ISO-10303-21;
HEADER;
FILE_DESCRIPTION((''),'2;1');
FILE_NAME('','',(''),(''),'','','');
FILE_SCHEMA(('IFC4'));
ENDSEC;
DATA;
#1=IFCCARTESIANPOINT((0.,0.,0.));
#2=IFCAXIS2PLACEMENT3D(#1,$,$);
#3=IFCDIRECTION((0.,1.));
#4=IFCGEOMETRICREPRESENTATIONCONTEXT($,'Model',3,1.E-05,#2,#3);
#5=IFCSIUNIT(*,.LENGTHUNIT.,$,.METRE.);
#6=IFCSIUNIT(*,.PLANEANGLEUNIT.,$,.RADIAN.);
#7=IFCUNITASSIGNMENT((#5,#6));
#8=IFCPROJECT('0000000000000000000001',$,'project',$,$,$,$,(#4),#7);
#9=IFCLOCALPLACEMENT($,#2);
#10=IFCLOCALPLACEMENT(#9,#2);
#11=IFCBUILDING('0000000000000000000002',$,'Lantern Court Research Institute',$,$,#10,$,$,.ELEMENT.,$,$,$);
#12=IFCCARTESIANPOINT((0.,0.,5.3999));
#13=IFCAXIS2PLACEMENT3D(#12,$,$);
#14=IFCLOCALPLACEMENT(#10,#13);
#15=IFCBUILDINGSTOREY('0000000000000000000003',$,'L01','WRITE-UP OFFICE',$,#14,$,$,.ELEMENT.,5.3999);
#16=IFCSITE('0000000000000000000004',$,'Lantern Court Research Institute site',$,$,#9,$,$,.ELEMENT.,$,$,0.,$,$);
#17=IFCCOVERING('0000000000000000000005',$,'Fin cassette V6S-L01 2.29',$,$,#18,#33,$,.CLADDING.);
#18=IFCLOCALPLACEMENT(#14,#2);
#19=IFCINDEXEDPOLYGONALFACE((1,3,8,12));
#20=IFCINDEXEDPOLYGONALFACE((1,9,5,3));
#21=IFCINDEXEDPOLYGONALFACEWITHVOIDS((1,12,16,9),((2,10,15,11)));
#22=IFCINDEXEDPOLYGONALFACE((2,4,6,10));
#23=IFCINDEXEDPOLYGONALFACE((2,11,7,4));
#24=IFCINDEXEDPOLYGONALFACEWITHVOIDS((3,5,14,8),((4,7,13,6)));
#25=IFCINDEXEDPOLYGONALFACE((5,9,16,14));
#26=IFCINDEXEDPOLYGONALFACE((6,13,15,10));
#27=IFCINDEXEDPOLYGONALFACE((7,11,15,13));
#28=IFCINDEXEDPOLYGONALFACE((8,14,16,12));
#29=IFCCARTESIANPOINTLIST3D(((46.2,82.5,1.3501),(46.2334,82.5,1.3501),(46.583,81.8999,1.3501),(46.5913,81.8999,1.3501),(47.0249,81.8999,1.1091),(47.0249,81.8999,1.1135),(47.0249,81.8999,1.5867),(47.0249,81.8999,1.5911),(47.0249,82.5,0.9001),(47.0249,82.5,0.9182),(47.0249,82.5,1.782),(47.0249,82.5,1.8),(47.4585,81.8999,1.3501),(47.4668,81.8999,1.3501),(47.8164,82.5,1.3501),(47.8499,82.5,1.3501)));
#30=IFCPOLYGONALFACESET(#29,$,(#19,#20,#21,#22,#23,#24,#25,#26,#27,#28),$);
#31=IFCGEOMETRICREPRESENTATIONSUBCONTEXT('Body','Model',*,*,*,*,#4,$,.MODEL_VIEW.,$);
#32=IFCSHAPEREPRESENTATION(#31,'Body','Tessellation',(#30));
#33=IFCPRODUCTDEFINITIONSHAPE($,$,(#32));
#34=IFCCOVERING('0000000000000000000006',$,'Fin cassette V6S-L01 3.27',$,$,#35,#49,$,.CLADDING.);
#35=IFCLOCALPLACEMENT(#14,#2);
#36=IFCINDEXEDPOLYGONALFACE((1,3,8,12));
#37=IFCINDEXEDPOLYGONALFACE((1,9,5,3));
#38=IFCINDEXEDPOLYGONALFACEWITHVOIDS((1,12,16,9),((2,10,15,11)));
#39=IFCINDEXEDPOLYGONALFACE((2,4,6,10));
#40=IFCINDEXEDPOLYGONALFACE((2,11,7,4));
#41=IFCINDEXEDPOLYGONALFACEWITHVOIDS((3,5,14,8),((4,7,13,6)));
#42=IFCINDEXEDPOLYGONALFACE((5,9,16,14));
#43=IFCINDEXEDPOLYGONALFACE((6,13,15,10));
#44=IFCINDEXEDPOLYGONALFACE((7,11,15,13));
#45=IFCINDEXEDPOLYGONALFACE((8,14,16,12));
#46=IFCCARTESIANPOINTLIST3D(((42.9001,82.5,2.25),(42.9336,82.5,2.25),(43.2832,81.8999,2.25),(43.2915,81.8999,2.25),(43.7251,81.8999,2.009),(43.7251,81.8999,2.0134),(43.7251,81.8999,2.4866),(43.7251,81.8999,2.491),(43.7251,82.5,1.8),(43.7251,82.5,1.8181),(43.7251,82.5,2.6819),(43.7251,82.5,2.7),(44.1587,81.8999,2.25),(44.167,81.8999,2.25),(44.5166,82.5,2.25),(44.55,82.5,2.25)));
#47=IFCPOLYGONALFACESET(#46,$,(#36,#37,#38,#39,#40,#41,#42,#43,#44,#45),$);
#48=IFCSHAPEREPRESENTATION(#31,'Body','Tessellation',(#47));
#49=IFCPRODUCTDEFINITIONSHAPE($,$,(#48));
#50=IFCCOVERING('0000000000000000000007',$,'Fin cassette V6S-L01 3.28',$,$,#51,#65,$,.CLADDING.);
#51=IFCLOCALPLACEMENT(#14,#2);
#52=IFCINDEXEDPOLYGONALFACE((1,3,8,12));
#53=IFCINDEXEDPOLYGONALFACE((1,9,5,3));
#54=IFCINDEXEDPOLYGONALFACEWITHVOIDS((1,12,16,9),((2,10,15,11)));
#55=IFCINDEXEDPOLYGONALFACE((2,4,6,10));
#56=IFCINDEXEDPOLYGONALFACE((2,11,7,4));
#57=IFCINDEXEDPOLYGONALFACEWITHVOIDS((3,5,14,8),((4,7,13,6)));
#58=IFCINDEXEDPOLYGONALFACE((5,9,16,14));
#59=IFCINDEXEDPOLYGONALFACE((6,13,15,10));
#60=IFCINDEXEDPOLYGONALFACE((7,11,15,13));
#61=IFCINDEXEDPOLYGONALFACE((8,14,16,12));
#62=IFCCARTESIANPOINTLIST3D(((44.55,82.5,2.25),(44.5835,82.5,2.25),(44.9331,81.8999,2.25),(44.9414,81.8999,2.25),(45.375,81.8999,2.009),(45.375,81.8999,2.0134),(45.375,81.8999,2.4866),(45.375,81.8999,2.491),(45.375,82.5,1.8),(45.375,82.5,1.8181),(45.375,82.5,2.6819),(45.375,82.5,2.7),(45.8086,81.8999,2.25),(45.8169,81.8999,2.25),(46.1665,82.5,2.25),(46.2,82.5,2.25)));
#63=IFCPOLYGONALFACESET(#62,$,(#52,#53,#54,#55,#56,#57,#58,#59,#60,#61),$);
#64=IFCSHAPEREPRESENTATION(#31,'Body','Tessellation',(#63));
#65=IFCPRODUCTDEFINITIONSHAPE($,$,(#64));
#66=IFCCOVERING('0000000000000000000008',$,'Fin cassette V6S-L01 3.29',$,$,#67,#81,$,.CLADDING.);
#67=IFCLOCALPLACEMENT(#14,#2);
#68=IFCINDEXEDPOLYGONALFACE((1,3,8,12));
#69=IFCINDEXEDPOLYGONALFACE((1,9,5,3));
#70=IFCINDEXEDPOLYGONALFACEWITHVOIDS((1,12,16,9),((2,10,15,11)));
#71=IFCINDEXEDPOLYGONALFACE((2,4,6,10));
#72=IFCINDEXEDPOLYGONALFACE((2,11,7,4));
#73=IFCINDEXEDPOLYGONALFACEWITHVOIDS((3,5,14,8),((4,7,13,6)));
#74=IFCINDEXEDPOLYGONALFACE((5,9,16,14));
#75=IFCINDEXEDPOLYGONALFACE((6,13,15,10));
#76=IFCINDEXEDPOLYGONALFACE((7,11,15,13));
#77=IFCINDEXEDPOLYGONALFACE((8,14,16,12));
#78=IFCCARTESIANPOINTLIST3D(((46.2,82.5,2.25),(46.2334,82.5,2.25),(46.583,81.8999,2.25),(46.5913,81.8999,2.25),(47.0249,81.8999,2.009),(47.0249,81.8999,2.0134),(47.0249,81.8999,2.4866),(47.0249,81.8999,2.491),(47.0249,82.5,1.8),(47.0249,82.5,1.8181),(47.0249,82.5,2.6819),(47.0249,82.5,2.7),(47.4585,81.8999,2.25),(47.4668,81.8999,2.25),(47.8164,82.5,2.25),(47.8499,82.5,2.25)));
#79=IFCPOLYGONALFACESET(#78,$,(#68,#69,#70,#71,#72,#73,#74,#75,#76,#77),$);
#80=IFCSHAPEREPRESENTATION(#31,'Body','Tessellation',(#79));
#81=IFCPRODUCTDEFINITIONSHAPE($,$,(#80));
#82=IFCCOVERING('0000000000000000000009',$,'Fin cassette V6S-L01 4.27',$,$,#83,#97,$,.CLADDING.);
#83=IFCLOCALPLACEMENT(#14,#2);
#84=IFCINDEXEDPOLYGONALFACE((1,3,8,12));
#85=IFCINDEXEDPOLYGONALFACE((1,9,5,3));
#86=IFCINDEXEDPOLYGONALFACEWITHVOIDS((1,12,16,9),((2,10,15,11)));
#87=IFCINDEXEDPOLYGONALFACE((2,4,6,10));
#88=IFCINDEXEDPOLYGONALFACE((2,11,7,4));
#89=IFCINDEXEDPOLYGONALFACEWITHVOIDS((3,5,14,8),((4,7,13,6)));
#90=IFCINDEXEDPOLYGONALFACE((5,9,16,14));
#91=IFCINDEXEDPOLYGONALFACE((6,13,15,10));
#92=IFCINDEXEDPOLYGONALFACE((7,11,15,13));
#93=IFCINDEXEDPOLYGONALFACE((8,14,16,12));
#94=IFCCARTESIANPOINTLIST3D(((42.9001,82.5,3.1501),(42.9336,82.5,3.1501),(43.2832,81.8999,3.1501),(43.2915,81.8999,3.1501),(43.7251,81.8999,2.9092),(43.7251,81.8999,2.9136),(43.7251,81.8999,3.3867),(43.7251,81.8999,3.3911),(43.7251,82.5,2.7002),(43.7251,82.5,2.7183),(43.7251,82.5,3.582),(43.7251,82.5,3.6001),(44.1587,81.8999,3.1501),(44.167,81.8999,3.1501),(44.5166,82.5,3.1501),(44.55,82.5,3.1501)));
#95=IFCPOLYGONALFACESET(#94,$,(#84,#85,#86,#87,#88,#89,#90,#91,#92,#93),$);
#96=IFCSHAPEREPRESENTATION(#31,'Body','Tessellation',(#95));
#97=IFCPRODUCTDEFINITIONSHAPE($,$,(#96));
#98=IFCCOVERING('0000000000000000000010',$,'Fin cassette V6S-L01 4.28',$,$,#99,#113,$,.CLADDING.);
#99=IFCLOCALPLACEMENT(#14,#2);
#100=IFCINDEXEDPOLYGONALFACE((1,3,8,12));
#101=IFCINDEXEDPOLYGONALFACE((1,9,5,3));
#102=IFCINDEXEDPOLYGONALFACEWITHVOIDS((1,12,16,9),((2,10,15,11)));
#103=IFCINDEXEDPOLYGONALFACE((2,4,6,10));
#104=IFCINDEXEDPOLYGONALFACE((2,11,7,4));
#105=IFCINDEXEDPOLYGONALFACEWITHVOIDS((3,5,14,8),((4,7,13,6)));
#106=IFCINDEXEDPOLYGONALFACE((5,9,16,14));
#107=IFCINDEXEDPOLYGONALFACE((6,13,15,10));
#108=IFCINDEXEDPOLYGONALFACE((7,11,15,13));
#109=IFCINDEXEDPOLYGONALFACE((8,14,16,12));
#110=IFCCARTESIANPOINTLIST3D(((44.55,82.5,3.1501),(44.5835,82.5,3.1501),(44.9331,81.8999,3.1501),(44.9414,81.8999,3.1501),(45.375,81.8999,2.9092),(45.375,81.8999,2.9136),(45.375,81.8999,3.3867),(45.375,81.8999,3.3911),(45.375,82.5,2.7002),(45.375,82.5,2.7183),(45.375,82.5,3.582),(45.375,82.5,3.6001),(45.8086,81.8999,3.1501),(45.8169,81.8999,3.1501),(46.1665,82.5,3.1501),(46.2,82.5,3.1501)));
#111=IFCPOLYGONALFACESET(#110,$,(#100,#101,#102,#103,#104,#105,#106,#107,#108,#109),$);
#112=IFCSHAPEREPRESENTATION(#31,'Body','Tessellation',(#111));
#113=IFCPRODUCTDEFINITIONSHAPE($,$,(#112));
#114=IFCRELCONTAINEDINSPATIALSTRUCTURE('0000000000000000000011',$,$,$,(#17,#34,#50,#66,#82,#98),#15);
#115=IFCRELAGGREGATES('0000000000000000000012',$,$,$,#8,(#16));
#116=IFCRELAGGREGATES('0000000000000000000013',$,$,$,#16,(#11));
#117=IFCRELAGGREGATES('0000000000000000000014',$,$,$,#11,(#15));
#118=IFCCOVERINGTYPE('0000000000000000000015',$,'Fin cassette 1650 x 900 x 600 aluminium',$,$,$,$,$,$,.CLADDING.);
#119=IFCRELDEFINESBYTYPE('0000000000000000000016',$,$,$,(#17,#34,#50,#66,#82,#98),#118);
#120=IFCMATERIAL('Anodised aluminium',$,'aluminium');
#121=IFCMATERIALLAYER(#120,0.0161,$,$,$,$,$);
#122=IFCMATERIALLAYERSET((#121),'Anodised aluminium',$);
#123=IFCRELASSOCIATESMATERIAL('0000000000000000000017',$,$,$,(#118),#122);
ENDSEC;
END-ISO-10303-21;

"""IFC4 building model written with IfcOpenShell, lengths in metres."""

from ifc_helpers import new_model, entity, si_unit, direction, frame, origin, place, context, subcontext, project, spatial, material, layer, layer_set, type_object, element, save


model = new_model("IFC4")

# Units and contexts
model_context = context("Model", 3, precision=1e-05, world=origin(), true_north=direction((0.0, 1.0)))
body_context = subcontext(model_context, "Body", "Model", "MODEL_VIEW")
ifc_project = project(units=[si_unit("LENGTHUNIT", "METRE"), si_unit("PLANEANGLEUNIT", "RADIAN")], contexts=[model_context])

# Site, building, storey
site_placement = place(None, origin())
site = spatial("IfcSite", under=ifc_project, at=site_placement, Name="Lantern Court Research Institute site", CompositionType="ELEMENT", RefElevation=0.0)
building_placement = place(site_placement, origin())
building = spatial("IfcBuilding", under=site, at=building_placement, Name="Lantern Court Research Institute", CompositionType="ELEMENT")
storey_placement = place(building_placement, frame((0.0, 0.0, 5.3999)))
storey = spatial("IfcBuildingStorey", under=building, at=storey_placement, Name="L01", Description="WRITE-UP OFFICE", CompositionType="ELEMENT", Elevation=5.3999)

# Coverings
ifc_material_1 = material(Name="Anodised aluminium", Category="aluminium")
ifc_layer_1 = layer(ifc_material_1, 0.0161)
ifc_layer_set_1 = layer_set([ifc_layer_1], Name="Anodised aluminium")
covering_type = type_object("IfcCoveringType", Name="Fin cassette 1650 x 900 x 600 aluminium", PredefinedType="CLADDING", material=ifc_layer_set_1)
covering_1_placement = place(storey_placement, frame((47.0249, 82.5, 1.3501), z_axis=(0.0, -1.0, 0.0), x_axis=(1.0, 0.0, 0.0)))
cartesian_point_1 = entity("IfcCartesianPoint", [0.825, 0.0])
cartesian_point_2 = entity("IfcCartesianPoint", [0.7915, 0.0])
cartesian_point_3 = entity("IfcCartesianPoint", [0.4419, 0.0])
cartesian_point_4 = entity("IfcCartesianPoint", [0.4336, 0.0])
element("IfcCovering", 1, at=covering_1_placement, inside=storey, type_object=covering_type, Name="Fin cassette V6S-L01 2.29", PredefinedType="CLADDING", context=body_context, shape_type="SweptSolid", body=[
    entity("IfcExtrudedAreaSolidTapered", entity("IfcArbitraryProfileDefWithVoids", "AREA", None, entity("IfcPolyline", [cartesian_point_1, entity("IfcCartesianPoint", [0.0, 0.45]), entity("IfcCartesianPoint", [-0.825, 0.0]), entity("IfcCartesianPoint", [0.0, -0.45]), cartesian_point_1]), [entity("IfcPolyline", [cartesian_point_2, entity("IfcCartesianPoint", [0.0, 0.4319]), entity("IfcCartesianPoint", [-0.7915, 0.0]), entity("IfcCartesianPoint", [0.0, -0.4319]), cartesian_point_2])]), entity("IfcAxis2Placement3D", entity("IfcCartesianPoint", [0.0, 0.0, 0.0])), entity("IfcDirection", [0.0, 0.0, 1.0]), 0.6001, entity("IfcArbitraryProfileDefWithVoids", "AREA", None, entity("IfcPolyline", [cartesian_point_3, entity("IfcCartesianPoint", [0.0, 0.241]), entity("IfcCartesianPoint", [-0.4419, 0.0]), entity("IfcCartesianPoint", [0.0, -0.241]), cartesian_point_3]), [entity("IfcPolyline", [cartesian_point_4, entity("IfcCartesianPoint", [0.0, 0.2366]), entity("IfcCartesianPoint", [-0.4336, 0.0]), entity("IfcCartesianPoint", [0.0, -0.2366]), cartesian_point_4])])),
])
covering_2_placement = place(storey_placement, frame((43.7251, 82.5, 2.25), z_axis=(0.0, -1.0, 0.0), x_axis=(1.0, 0.0, 0.0)))
cartesian_point_5 = entity("IfcCartesianPoint", [0.825, 0.0])
cartesian_point_6 = entity("IfcCartesianPoint", [0.7915, 0.0])
cartesian_point_7 = entity("IfcCartesianPoint", [0.4419, 0.0])
cartesian_point_8 = entity("IfcCartesianPoint", [0.4336, 0.0])
element("IfcCovering", 2, at=covering_2_placement, inside=storey, type_object=covering_type, Name="Fin cassette V6S-L01 3.27", PredefinedType="CLADDING", context=body_context, shape_type="SweptSolid", body=[
    entity("IfcExtrudedAreaSolidTapered", entity("IfcArbitraryProfileDefWithVoids", "AREA", None, entity("IfcPolyline", [cartesian_point_5, entity("IfcCartesianPoint", [0.0, 0.45]), entity("IfcCartesianPoint", [-0.825, 0.0]), entity("IfcCartesianPoint", [0.0, -0.45]), cartesian_point_5]), [entity("IfcPolyline", [cartesian_point_6, entity("IfcCartesianPoint", [0.0, 0.4319]), entity("IfcCartesianPoint", [-0.7915, 0.0]), entity("IfcCartesianPoint", [0.0, -0.4319]), cartesian_point_6])]), entity("IfcAxis2Placement3D", entity("IfcCartesianPoint", [0.0, 0.0, 0.0])), entity("IfcDirection", [0.0, 0.0, 1.0]), 0.6001, entity("IfcArbitraryProfileDefWithVoids", "AREA", None, entity("IfcPolyline", [cartesian_point_7, entity("IfcCartesianPoint", [0.0, 0.241]), entity("IfcCartesianPoint", [-0.4419, 0.0]), entity("IfcCartesianPoint", [0.0, -0.241]), cartesian_point_7]), [entity("IfcPolyline", [cartesian_point_8, entity("IfcCartesianPoint", [0.0, 0.2366]), entity("IfcCartesianPoint", [-0.4336, 0.0]), entity("IfcCartesianPoint", [0.0, -0.2366]), cartesian_point_8])])),
])
covering_3_placement = place(storey_placement, frame((45.375, 82.5, 2.25), z_axis=(0.0, -1.0, 0.0), x_axis=(1.0, 0.0, 0.0)))
cartesian_point_9 = entity("IfcCartesianPoint", [0.825, 0.0])
cartesian_point_10 = entity("IfcCartesianPoint", [0.7915, 0.0])
cartesian_point_11 = entity("IfcCartesianPoint", [0.4419, 0.0])
cartesian_point_12 = entity("IfcCartesianPoint", [0.4336, 0.0])
element("IfcCovering", 3, at=covering_3_placement, inside=storey, type_object=covering_type, Name="Fin cassette V6S-L01 3.28", PredefinedType="CLADDING", context=body_context, shape_type="SweptSolid", body=[
    entity("IfcExtrudedAreaSolidTapered", entity("IfcArbitraryProfileDefWithVoids", "AREA", None, entity("IfcPolyline", [cartesian_point_9, entity("IfcCartesianPoint", [0.0, 0.45]), entity("IfcCartesianPoint", [-0.825, 0.0]), entity("IfcCartesianPoint", [0.0, -0.45]), cartesian_point_9]), [entity("IfcPolyline", [cartesian_point_10, entity("IfcCartesianPoint", [0.0, 0.4319]), entity("IfcCartesianPoint", [-0.7915, 0.0]), entity("IfcCartesianPoint", [0.0, -0.4319]), cartesian_point_10])]), entity("IfcAxis2Placement3D", entity("IfcCartesianPoint", [0.0, 0.0, 0.0])), entity("IfcDirection", [0.0, 0.0, 1.0]), 0.6001, entity("IfcArbitraryProfileDefWithVoids", "AREA", None, entity("IfcPolyline", [cartesian_point_11, entity("IfcCartesianPoint", [0.0, 0.241]), entity("IfcCartesianPoint", [-0.4419, 0.0]), entity("IfcCartesianPoint", [0.0, -0.241]), cartesian_point_11]), [entity("IfcPolyline", [cartesian_point_12, entity("IfcCartesianPoint", [0.0, 0.2366]), entity("IfcCartesianPoint", [-0.4336, 0.0]), entity("IfcCartesianPoint", [0.0, -0.2366]), cartesian_point_12])])),
])
covering_4_placement = place(storey_placement, frame((47.0249, 82.5, 2.25), z_axis=(0.0, -1.0, 0.0), x_axis=(1.0, 0.0, 0.0)))
cartesian_point_13 = entity("IfcCartesianPoint", [0.825, 0.0])
cartesian_point_14 = entity("IfcCartesianPoint", [0.7915, 0.0])
cartesian_point_15 = entity("IfcCartesianPoint", [0.4419, 0.0])
cartesian_point_16 = entity("IfcCartesianPoint", [0.4336, 0.0])
element("IfcCovering", 4, at=covering_4_placement, inside=storey, type_object=covering_type, Name="Fin cassette V6S-L01 3.29", PredefinedType="CLADDING", context=body_context, shape_type="SweptSolid", body=[
    entity("IfcExtrudedAreaSolidTapered", entity("IfcArbitraryProfileDefWithVoids", "AREA", None, entity("IfcPolyline", [cartesian_point_13, entity("IfcCartesianPoint", [0.0, 0.45]), entity("IfcCartesianPoint", [-0.825, 0.0]), entity("IfcCartesianPoint", [0.0, -0.45]), cartesian_point_13]), [entity("IfcPolyline", [cartesian_point_14, entity("IfcCartesianPoint", [0.0, 0.4319]), entity("IfcCartesianPoint", [-0.7915, 0.0]), entity("IfcCartesianPoint", [0.0, -0.4319]), cartesian_point_14])]), entity("IfcAxis2Placement3D", entity("IfcCartesianPoint", [0.0, 0.0, 0.0])), entity("IfcDirection", [0.0, 0.0, 1.0]), 0.6001, entity("IfcArbitraryProfileDefWithVoids", "AREA", None, entity("IfcPolyline", [cartesian_point_15, entity("IfcCartesianPoint", [0.0, 0.241]), entity("IfcCartesianPoint", [-0.4419, 0.0]), entity("IfcCartesianPoint", [0.0, -0.241]), cartesian_point_15]), [entity("IfcPolyline", [cartesian_point_16, entity("IfcCartesianPoint", [0.0, 0.2366]), entity("IfcCartesianPoint", [-0.4336, 0.0]), entity("IfcCartesianPoint", [0.0, -0.2366]), cartesian_point_16])])),
])
covering_5_placement = place(storey_placement, frame((43.7251, 82.5, 3.1501), z_axis=(0.0, -1.0, 0.0), x_axis=(1.0, 0.0, 0.0)))
cartesian_point_17 = entity("IfcCartesianPoint", [0.825, 0.0])
cartesian_point_18 = entity("IfcCartesianPoint", [0.7915, 0.0])
cartesian_point_19 = entity("IfcCartesianPoint", [0.4419, 0.0])
cartesian_point_20 = entity("IfcCartesianPoint", [0.4336, 0.0])
element("IfcCovering", 5, at=covering_5_placement, inside=storey, type_object=covering_type, Name="Fin cassette V6S-L01 4.27", PredefinedType="CLADDING", context=body_context, shape_type="SweptSolid", body=[
    entity("IfcExtrudedAreaSolidTapered", entity("IfcArbitraryProfileDefWithVoids", "AREA", None, entity("IfcPolyline", [cartesian_point_17, entity("IfcCartesianPoint", [0.0, 0.45]), entity("IfcCartesianPoint", [-0.825, 0.0]), entity("IfcCartesianPoint", [0.0, -0.45]), cartesian_point_17]), [entity("IfcPolyline", [cartesian_point_18, entity("IfcCartesianPoint", [0.0, 0.4319]), entity("IfcCartesianPoint", [-0.7915, 0.0]), entity("IfcCartesianPoint", [0.0, -0.4319]), cartesian_point_18])]), entity("IfcAxis2Placement3D", entity("IfcCartesianPoint", [0.0, 0.0, 0.0])), entity("IfcDirection", [0.0, 0.0, 1.0]), 0.6001, entity("IfcArbitraryProfileDefWithVoids", "AREA", None, entity("IfcPolyline", [cartesian_point_19, entity("IfcCartesianPoint", [0.0, 0.241]), entity("IfcCartesianPoint", [-0.4419, 0.0]), entity("IfcCartesianPoint", [0.0, -0.241]), cartesian_point_19]), [entity("IfcPolyline", [cartesian_point_20, entity("IfcCartesianPoint", [0.0, 0.2366]), entity("IfcCartesianPoint", [-0.4336, 0.0]), entity("IfcCartesianPoint", [0.0, -0.2366]), cartesian_point_20])])),
])
covering_6_placement = place(storey_placement, frame((45.375, 82.5, 3.1501), z_axis=(0.0, -1.0, 0.0), x_axis=(1.0, 0.0, 0.0)))
cartesian_point_21 = entity("IfcCartesianPoint", [0.825, 0.0])
cartesian_point_22 = entity("IfcCartesianPoint", [0.7915, 0.0])
cartesian_point_23 = entity("IfcCartesianPoint", [0.4419, 0.0])
cartesian_point_24 = entity("IfcCartesianPoint", [0.4336, 0.0])
element("IfcCovering", 6, at=covering_6_placement, inside=storey, type_object=covering_type, Name="Fin cassette V6S-L01 4.28", PredefinedType="CLADDING", context=body_context, shape_type="SweptSolid", body=[
    entity("IfcExtrudedAreaSolidTapered", entity("IfcArbitraryProfileDefWithVoids", "AREA", None, entity("IfcPolyline", [cartesian_point_21, entity("IfcCartesianPoint", [0.0, 0.45]), entity("IfcCartesianPoint", [-0.825, 0.0]), entity("IfcCartesianPoint", [0.0, -0.45]), cartesian_point_21]), [entity("IfcPolyline", [cartesian_point_22, entity("IfcCartesianPoint", [0.0, 0.4319]), entity("IfcCartesianPoint", [-0.7915, 0.0]), entity("IfcCartesianPoint", [0.0, -0.4319]), cartesian_point_22])]), entity("IfcAxis2Placement3D", entity("IfcCartesianPoint", [0.0, 0.0, 0.0])), entity("IfcDirection", [0.0, 0.0, 1.0]), 0.6001, entity("IfcArbitraryProfileDefWithVoids", "AREA", None, entity("IfcPolyline", [cartesian_point_23, entity("IfcCartesianPoint", [0.0, 0.241]), entity("IfcCartesianPoint", [-0.4419, 0.0]), entity("IfcCartesianPoint", [0.0, -0.241]), cartesian_point_23]), [entity("IfcPolyline", [cartesian_point_24, entity("IfcCartesianPoint", [0.0, 0.2366]), entity("IfcCartesianPoint", [-0.4336, 0.0]), entity("IfcCartesianPoint", [0.0, -0.2366]), cartesian_point_24])])),
])

save(model, "model.ifc")
